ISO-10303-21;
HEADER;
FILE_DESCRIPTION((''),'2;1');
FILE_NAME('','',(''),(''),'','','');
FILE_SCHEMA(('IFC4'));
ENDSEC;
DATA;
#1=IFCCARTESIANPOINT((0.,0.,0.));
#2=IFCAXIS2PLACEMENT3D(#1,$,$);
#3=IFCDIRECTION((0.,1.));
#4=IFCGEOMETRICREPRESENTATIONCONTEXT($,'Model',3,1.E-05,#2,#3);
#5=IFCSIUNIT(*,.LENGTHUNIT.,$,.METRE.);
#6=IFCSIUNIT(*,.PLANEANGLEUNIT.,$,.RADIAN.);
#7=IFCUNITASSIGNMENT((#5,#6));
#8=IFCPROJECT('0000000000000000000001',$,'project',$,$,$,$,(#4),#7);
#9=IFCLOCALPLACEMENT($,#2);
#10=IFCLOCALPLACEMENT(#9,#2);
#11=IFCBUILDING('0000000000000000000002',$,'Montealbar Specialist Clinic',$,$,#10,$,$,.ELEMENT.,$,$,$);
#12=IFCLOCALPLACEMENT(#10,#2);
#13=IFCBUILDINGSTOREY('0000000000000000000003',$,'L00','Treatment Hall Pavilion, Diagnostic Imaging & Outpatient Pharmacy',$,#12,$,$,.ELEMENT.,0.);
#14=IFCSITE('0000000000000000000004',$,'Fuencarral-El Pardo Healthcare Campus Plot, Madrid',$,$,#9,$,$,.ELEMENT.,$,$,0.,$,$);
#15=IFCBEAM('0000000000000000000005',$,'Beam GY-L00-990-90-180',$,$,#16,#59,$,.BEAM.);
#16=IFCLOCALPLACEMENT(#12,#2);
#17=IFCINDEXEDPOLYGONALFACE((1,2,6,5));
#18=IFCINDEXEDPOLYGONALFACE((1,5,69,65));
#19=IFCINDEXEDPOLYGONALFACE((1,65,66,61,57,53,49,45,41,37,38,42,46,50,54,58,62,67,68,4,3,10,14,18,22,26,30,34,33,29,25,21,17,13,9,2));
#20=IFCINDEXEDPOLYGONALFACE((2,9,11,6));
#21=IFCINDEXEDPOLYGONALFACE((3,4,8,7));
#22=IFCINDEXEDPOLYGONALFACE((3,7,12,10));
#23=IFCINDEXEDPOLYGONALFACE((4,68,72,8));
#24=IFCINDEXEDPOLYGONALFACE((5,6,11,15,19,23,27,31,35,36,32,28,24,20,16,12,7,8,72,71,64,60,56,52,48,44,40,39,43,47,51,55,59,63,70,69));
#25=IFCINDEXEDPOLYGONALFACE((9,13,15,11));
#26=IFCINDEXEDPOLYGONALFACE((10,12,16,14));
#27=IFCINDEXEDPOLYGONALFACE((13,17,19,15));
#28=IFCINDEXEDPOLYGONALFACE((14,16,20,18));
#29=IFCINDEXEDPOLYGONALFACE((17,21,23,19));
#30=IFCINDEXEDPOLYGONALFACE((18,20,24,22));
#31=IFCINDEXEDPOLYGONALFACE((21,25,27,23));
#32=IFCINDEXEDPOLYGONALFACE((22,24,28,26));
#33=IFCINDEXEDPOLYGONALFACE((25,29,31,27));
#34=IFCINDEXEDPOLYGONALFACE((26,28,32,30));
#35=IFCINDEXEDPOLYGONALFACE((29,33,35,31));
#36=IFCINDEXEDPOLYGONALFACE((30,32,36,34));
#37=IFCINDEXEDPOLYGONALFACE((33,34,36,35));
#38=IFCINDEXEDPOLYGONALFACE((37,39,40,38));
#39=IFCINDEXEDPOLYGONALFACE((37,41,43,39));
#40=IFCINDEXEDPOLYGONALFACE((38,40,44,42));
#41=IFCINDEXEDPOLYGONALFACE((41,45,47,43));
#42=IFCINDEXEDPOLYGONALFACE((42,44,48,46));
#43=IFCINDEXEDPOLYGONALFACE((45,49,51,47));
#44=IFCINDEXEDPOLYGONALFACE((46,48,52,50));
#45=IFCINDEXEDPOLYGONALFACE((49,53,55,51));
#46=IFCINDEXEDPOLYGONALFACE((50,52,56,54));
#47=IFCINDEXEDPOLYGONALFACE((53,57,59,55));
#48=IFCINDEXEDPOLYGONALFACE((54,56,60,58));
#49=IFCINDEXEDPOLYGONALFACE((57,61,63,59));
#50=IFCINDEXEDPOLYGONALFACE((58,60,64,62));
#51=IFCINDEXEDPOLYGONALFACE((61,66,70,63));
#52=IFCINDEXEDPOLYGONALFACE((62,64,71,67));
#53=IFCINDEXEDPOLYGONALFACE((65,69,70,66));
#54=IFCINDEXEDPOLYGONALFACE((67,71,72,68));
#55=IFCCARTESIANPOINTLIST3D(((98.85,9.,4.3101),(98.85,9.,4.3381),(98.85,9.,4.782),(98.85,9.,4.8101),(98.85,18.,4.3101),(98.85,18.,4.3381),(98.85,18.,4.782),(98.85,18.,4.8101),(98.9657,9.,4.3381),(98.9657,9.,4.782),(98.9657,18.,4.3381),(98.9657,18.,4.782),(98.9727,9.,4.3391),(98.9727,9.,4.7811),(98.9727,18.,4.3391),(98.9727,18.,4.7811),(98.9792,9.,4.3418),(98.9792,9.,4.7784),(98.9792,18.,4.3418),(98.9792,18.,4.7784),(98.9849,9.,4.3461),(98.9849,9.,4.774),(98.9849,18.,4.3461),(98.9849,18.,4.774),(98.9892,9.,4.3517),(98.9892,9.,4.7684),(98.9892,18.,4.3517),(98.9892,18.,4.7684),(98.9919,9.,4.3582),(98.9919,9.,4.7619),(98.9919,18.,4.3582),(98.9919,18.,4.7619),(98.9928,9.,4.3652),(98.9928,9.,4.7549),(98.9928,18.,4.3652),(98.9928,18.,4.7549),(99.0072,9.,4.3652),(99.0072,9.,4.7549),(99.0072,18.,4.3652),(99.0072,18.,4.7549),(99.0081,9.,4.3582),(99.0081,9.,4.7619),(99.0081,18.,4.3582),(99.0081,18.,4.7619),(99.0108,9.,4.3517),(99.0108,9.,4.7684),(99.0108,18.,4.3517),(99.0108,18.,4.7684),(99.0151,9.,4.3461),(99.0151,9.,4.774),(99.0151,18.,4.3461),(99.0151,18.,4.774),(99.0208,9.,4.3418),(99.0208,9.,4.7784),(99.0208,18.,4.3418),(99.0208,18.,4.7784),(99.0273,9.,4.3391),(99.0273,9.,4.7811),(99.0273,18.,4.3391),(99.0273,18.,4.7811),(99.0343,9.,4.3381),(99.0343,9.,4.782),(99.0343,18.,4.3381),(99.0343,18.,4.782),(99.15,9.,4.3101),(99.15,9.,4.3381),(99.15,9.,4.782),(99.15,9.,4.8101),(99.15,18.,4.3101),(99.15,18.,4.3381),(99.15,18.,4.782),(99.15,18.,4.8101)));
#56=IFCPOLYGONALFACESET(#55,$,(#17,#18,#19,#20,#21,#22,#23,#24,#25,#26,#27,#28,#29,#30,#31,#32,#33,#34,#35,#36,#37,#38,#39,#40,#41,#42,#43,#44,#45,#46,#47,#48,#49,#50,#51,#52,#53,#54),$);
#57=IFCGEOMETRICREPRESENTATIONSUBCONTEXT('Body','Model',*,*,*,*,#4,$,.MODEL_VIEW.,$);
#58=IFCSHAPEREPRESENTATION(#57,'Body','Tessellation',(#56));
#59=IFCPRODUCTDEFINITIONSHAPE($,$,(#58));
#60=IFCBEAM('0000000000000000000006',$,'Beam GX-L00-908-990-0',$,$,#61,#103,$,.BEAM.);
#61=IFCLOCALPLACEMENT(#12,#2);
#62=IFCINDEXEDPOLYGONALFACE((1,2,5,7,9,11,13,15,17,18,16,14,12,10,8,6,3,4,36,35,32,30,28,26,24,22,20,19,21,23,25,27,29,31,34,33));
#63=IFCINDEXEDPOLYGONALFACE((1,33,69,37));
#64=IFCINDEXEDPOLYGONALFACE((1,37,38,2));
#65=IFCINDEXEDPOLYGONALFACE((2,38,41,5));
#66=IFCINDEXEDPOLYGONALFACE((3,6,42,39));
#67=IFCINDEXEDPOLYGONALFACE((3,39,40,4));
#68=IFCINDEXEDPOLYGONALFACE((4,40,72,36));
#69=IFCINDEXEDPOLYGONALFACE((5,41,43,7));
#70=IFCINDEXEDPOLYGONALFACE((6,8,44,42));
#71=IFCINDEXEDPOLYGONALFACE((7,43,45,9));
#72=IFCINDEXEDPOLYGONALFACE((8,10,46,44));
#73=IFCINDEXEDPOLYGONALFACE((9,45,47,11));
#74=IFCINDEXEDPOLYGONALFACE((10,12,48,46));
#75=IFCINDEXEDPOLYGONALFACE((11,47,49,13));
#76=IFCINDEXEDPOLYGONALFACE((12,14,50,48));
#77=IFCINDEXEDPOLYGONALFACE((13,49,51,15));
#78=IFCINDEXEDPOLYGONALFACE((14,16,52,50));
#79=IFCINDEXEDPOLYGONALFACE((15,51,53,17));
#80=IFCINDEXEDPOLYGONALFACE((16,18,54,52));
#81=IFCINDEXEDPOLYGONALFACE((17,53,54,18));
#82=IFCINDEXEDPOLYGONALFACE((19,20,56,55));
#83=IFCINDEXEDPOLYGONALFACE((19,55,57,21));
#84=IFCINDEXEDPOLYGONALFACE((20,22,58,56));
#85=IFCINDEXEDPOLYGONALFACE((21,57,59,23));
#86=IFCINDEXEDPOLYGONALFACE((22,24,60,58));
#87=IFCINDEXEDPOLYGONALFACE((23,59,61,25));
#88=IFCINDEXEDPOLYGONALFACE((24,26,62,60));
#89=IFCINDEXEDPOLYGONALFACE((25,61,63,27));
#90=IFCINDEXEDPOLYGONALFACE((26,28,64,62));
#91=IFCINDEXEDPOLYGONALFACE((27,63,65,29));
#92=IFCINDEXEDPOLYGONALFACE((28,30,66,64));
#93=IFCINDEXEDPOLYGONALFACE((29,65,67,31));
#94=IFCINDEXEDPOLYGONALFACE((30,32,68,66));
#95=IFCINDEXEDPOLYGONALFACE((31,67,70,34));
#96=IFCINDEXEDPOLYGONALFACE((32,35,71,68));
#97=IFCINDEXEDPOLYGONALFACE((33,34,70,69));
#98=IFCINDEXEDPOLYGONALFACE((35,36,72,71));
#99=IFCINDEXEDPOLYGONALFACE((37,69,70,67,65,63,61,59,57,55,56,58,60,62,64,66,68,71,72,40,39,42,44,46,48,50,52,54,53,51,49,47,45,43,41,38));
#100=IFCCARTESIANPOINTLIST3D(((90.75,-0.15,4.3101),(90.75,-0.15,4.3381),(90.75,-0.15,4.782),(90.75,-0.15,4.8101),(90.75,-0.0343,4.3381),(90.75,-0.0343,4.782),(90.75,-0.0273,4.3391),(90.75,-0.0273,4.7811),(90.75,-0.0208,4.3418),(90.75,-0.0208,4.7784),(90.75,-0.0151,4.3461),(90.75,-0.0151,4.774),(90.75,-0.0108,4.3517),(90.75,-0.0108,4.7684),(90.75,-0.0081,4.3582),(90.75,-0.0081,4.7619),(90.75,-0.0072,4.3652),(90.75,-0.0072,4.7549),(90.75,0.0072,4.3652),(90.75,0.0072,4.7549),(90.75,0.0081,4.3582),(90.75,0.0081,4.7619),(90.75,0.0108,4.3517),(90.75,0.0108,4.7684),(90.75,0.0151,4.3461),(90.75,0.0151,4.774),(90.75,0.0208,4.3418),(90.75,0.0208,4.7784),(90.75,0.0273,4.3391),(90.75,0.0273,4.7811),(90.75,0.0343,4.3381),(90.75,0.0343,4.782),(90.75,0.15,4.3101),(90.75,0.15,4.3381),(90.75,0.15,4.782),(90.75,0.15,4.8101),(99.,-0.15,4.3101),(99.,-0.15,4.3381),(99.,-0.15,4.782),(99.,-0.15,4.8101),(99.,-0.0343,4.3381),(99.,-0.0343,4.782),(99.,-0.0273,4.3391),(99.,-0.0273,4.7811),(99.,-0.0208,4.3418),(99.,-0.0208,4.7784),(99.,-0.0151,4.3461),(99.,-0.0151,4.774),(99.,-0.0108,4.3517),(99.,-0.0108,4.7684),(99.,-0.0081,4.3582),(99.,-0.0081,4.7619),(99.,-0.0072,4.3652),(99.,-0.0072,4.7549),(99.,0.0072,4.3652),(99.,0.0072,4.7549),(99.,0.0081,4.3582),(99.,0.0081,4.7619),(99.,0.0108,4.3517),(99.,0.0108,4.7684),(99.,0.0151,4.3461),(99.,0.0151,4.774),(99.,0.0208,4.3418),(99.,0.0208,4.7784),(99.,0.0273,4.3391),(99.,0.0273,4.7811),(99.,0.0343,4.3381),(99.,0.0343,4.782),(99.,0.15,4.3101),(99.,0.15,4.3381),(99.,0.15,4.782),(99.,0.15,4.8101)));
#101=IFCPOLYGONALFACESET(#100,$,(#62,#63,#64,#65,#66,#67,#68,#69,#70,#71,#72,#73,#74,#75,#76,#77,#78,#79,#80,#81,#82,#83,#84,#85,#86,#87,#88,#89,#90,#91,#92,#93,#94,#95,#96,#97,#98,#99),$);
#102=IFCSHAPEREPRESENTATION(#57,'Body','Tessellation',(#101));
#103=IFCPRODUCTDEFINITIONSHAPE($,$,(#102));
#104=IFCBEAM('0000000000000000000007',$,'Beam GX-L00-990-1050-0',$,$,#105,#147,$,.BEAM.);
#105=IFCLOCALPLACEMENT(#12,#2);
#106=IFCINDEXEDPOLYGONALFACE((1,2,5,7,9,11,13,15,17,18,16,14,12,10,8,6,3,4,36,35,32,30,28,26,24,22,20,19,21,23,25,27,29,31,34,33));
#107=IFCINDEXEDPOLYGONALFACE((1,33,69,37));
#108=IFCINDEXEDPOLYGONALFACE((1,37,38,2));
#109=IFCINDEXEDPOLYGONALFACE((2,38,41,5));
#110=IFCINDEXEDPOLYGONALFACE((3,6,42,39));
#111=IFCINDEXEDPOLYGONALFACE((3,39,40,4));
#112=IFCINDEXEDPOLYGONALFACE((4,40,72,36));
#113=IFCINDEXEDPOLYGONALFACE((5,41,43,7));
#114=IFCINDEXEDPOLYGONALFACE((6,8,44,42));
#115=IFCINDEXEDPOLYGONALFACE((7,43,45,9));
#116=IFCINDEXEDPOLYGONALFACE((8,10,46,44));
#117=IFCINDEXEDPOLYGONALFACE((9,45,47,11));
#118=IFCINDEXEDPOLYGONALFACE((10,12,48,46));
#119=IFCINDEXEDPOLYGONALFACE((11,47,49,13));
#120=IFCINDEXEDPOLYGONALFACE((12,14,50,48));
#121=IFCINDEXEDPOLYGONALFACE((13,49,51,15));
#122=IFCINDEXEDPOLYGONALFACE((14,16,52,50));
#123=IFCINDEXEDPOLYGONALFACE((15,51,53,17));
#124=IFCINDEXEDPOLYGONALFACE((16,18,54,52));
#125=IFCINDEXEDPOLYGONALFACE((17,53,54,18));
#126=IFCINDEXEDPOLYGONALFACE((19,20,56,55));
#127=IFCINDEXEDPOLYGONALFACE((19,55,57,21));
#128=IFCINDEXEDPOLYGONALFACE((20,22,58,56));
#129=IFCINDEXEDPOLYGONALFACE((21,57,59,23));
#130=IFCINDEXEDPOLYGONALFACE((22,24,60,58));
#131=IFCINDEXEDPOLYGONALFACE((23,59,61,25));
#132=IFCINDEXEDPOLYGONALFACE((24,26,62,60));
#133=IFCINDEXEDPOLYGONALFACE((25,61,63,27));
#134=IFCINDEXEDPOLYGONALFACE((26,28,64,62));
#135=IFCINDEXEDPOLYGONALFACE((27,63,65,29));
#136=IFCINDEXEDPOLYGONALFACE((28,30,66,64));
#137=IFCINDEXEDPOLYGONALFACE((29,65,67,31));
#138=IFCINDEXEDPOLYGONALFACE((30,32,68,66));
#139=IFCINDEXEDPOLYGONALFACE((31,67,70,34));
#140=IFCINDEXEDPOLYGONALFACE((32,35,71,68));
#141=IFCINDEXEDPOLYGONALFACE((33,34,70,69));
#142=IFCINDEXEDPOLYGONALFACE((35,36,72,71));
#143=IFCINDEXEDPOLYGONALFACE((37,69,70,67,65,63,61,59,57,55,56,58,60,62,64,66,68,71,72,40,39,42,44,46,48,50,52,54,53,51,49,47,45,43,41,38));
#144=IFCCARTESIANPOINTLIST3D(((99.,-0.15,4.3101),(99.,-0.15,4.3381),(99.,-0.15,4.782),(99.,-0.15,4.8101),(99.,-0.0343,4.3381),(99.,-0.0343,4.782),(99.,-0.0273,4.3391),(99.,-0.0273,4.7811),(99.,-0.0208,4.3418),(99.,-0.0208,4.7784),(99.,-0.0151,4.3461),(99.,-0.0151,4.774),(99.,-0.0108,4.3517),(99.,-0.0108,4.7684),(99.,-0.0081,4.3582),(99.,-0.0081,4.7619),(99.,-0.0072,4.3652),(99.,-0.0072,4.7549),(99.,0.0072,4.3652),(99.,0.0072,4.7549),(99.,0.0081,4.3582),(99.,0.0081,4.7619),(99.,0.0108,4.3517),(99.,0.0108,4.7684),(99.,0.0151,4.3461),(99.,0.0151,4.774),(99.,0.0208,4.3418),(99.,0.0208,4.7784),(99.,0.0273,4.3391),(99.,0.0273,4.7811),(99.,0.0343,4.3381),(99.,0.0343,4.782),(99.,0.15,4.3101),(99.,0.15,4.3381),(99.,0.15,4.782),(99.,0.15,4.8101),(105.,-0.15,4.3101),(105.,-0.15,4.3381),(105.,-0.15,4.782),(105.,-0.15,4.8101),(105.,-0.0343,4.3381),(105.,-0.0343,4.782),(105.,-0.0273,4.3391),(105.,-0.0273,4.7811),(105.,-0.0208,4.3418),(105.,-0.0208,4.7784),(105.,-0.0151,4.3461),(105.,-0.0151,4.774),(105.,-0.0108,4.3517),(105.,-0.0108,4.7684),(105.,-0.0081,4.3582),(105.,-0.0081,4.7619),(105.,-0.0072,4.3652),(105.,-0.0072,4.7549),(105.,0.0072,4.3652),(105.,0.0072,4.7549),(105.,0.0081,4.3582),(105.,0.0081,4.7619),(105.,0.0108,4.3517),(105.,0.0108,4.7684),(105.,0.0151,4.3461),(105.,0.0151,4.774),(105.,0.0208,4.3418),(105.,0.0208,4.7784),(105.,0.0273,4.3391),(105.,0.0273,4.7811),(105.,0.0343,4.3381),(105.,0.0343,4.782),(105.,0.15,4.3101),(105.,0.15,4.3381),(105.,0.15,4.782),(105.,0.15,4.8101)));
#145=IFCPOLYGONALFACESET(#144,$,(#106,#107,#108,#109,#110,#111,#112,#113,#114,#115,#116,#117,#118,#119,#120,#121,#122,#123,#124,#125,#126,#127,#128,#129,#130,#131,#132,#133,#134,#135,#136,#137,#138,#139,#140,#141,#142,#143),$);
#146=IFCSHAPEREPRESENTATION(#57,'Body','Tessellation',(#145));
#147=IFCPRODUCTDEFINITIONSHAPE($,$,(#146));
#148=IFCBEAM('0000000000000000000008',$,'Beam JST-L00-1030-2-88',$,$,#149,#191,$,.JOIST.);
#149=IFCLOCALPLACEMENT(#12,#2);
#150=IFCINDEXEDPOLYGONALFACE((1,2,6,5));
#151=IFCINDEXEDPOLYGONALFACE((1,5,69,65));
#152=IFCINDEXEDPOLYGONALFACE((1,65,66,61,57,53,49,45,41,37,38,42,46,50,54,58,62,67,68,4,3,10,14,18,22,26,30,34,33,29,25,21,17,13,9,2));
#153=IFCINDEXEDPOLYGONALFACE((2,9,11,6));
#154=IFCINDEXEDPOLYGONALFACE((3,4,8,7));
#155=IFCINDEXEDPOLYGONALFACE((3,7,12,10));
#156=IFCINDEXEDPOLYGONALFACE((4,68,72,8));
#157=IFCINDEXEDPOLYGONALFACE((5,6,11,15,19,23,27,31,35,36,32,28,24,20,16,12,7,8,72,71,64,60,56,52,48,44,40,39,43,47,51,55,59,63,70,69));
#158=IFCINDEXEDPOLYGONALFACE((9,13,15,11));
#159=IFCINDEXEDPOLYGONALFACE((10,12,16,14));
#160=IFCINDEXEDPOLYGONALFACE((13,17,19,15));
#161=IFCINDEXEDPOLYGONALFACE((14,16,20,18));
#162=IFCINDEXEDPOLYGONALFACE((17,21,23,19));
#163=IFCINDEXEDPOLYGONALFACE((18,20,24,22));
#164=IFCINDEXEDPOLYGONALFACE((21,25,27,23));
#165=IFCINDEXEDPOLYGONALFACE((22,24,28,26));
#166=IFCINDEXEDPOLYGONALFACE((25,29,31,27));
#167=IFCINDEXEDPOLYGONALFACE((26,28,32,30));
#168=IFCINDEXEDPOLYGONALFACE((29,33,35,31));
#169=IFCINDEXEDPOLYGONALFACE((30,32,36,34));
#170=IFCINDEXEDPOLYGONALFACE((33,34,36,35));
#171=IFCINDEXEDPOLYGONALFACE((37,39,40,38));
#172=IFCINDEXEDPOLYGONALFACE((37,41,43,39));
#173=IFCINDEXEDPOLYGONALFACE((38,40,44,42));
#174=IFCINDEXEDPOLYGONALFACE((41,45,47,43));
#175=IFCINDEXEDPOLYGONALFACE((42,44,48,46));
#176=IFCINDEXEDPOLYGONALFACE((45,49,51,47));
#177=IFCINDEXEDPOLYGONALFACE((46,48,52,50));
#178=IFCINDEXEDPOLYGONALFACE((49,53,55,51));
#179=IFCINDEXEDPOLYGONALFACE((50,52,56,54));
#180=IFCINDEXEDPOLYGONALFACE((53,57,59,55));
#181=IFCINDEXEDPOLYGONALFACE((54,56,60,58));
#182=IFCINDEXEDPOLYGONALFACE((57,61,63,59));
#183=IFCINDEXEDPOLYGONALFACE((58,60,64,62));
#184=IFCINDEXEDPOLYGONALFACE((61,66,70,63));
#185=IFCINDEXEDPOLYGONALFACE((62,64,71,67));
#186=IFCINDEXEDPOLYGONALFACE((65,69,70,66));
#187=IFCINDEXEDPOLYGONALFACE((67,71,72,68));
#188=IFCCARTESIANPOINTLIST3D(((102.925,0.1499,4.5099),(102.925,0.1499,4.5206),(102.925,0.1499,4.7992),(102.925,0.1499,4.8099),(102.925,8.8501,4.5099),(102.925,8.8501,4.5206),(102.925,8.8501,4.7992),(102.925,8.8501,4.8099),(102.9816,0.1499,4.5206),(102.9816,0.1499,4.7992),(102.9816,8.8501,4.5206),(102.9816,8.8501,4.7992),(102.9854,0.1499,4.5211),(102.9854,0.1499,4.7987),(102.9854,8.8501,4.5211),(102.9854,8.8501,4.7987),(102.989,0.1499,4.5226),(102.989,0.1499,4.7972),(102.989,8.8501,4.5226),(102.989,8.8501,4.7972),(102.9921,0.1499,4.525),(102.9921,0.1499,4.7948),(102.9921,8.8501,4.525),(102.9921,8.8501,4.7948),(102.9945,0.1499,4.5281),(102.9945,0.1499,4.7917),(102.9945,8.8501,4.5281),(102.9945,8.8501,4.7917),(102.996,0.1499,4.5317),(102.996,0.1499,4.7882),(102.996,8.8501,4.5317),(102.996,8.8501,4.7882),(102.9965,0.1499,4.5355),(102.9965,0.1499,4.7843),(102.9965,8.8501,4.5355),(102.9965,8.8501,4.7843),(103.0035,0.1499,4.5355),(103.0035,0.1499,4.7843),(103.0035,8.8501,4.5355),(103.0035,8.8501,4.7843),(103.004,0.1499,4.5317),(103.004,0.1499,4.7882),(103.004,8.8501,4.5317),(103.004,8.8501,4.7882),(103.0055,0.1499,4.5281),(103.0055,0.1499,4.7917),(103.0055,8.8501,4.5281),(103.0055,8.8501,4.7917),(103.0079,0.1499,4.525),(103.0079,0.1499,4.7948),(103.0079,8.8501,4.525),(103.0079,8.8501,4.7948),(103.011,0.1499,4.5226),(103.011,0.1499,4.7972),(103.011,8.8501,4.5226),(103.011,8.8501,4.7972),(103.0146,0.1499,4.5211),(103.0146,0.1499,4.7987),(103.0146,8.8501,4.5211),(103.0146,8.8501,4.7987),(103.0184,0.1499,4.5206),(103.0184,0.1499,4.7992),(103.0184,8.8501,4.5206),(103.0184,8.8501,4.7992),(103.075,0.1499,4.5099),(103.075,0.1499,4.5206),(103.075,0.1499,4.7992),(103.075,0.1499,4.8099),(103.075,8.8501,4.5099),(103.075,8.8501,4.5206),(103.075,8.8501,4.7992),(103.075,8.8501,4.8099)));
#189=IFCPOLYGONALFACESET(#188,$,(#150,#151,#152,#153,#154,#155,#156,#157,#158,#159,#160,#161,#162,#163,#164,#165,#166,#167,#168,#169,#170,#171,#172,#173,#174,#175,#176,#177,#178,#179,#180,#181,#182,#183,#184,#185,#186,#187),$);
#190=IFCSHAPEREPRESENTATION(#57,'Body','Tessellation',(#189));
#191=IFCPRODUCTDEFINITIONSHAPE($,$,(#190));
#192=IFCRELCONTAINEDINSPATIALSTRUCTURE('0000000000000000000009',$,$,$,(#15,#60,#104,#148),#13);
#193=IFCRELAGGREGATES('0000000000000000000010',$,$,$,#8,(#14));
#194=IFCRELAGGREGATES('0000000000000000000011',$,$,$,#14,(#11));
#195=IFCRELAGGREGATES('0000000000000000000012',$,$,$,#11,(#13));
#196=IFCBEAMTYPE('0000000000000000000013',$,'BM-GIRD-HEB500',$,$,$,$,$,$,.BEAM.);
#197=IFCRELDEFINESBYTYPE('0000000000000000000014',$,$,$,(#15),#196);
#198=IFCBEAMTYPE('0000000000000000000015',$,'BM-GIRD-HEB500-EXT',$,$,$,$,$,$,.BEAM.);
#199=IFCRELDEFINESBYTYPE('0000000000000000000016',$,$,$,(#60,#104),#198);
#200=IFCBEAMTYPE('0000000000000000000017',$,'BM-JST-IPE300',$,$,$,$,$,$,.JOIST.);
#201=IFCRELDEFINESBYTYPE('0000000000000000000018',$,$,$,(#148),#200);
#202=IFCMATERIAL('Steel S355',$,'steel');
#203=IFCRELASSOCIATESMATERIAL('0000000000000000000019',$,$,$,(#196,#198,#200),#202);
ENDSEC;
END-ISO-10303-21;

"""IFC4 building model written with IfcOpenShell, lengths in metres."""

from ifc_helpers import new_model, si_unit, direction, frame, origin, origin_2d, place, context, subcontext, project, spatial, i_section, extrude, material, material_profile, profile_set, type_object, element, save


model = new_model("IFC4")

# Units and contexts
model_context = context("Model", 3, precision=1e-05, world=origin(), true_north=direction((0.0, 1.0)))
body_context = subcontext(model_context, "Body", "Model", "MODEL_VIEW")
ifc_project = project(units=[si_unit("LENGTHUNIT", "METRE"), si_unit("PLANEANGLEUNIT", "RADIAN")], contexts=[model_context])

# Site, building, storey
site_placement = place(None, origin())
site = spatial("IfcSite", under=ifc_project, at=site_placement, Name="Fuencarral-El Pardo Healthcare Campus Plot, Madrid", CompositionType="ELEMENT", RefElevation=0.0)
building_placement = place(site_placement, origin())
building = spatial("IfcBuilding", under=site, at=building_placement, Name="Montealbar Specialist Clinic", CompositionType="ELEMENT")
storey_placement = place(building_placement, origin())
storey = spatial("IfcBuildingStorey", under=building, at=storey_placement, Name="L00", Description="Treatment Hall Pavilion, Diagnostic Imaging & Outpatient Pharmacy", CompositionType="ELEMENT", Elevation=0.0)

# Shared definitions
ifc_material_1 = material(Name="Steel S355", Category="steel")

# Beams
ifc_material_profile_1 = material_profile(ifc_material_1, i_section(OverallWidth=0.3, OverallDepth=0.5, WebThickness=0.0144, FlangeThickness=0.0281, FilletRadius=0.0271, at=origin_2d()), Name="HEB 500", Category="steel")
ifc_profile_set_1 = profile_set([ifc_material_profile_1], Name="Steel S355")
beam_type_1 = type_object("IfcBeamType", Name="BM-GIRD-HEB500", PredefinedType="BEAM", material=ifc_profile_set_1)
for number, where, z_axis, x_axis, name in (
    (1, (99.0, 9.0, 4.5601), (0.0, 1.0, 0.0), (-1.0, 0.0, 0.0), "Beam GY-L00-990-90-180"),
):
    element("IfcBeam", number, at=place(storey_placement, frame(where, z_axis=z_axis, x_axis=x_axis)), inside=storey, type_object=beam_type_1, Name=name, PredefinedType="BEAM", context=body_context, shape_type="SweptSolid", body=[
        extrude(i_section(OverallWidth=0.3, OverallDepth=0.5, WebThickness=0.0144, FlangeThickness=0.0281, FilletRadius=0.0271, at=origin_2d()), origin(), (0.0, 0.0, 1.0), 9.0),
    ])
ifc_material_profile_2 = material_profile(ifc_material_1, i_section(OverallWidth=0.3, OverallDepth=0.5, WebThickness=0.0144, FlangeThickness=0.0281, FilletRadius=0.0271, at=origin_2d()), Name="HEB 500", Category="steel")
ifc_profile_set_2 = profile_set([ifc_material_profile_2], Name="Steel S355")
beam_type_2 = type_object("IfcBeamType", Name="BM-GIRD-HEB500-EXT", PredefinedType="BEAM", material=ifc_profile_set_2)
beam_1_placement = place(storey_placement, frame((90.75, 0.0, 4.5601), z_axis=(1.0, 0.0, 0.0), x_axis=(0.0, 1.0, 0.0)))
element("IfcBeam", 2, at=beam_1_placement, inside=storey, type_object=beam_type_2, Name="Beam GX-L00-908-990-0", PredefinedType="BEAM", context=body_context, shape_type="SweptSolid", body=[
    extrude(i_section(OverallWidth=0.3, OverallDepth=0.5, WebThickness=0.0144, FlangeThickness=0.0281, FilletRadius=0.0271, at=origin_2d()), origin(), (0.0, 0.0, 1.0), 8.25),
])
beam_2_placement = place(storey_placement, frame((99.0, 0.0, 4.5601), z_axis=(1.0, 0.0, 0.0), x_axis=(0.0, 1.0, 0.0)))
element("IfcBeam", 3, at=beam_2_placement, inside=storey, type_object=beam_type_2, Name="Beam GX-L00-990-1050-0", PredefinedType="BEAM", context=body_context, shape_type="SweptSolid", body=[
    extrude(i_section(OverallWidth=0.3, OverallDepth=0.5, WebThickness=0.0144, FlangeThickness=0.0281, FilletRadius=0.0271, at=origin_2d()), origin(), (0.0, 0.0, 1.0), 6.0),
])
ifc_material_profile_3 = material_profile(ifc_material_1, i_section(OverallWidth=0.1499, OverallDepth=0.3, WebThickness=0.0071, FlangeThickness=0.0107, FilletRadius=0.0149, at=origin_2d()), Name="IPE 300", Category="steel")
ifc_profile_set_3 = profile_set([ifc_material_profile_3], Name="Steel S355")
beam_type_3 = type_object("IfcBeamType", Name="BM-JST-IPE300", PredefinedType="JOIST", material=ifc_profile_set_3)
beam_3_placement = place(storey_placement, frame((103.0, 0.1499, 4.6599), z_axis=(0.0, 1.0, 0.0), x_axis=(-1.0, 0.0, 0.0)))
element("IfcBeam", 4, at=beam_3_placement, inside=storey, type_object=beam_type_3, Name="Beam JST-L00-1030-2-88", PredefinedType="JOIST", context=body_context, shape_type="SweptSolid", body=[
    extrude(i_section(OverallWidth=0.1499, OverallDepth=0.3, WebThickness=0.0071, FlangeThickness=0.0107, FilletRadius=0.0149, at=origin_2d()), origin(), (0.0, 0.0, 1.0), 8.7002),
])

save(model, "model.ifc")
